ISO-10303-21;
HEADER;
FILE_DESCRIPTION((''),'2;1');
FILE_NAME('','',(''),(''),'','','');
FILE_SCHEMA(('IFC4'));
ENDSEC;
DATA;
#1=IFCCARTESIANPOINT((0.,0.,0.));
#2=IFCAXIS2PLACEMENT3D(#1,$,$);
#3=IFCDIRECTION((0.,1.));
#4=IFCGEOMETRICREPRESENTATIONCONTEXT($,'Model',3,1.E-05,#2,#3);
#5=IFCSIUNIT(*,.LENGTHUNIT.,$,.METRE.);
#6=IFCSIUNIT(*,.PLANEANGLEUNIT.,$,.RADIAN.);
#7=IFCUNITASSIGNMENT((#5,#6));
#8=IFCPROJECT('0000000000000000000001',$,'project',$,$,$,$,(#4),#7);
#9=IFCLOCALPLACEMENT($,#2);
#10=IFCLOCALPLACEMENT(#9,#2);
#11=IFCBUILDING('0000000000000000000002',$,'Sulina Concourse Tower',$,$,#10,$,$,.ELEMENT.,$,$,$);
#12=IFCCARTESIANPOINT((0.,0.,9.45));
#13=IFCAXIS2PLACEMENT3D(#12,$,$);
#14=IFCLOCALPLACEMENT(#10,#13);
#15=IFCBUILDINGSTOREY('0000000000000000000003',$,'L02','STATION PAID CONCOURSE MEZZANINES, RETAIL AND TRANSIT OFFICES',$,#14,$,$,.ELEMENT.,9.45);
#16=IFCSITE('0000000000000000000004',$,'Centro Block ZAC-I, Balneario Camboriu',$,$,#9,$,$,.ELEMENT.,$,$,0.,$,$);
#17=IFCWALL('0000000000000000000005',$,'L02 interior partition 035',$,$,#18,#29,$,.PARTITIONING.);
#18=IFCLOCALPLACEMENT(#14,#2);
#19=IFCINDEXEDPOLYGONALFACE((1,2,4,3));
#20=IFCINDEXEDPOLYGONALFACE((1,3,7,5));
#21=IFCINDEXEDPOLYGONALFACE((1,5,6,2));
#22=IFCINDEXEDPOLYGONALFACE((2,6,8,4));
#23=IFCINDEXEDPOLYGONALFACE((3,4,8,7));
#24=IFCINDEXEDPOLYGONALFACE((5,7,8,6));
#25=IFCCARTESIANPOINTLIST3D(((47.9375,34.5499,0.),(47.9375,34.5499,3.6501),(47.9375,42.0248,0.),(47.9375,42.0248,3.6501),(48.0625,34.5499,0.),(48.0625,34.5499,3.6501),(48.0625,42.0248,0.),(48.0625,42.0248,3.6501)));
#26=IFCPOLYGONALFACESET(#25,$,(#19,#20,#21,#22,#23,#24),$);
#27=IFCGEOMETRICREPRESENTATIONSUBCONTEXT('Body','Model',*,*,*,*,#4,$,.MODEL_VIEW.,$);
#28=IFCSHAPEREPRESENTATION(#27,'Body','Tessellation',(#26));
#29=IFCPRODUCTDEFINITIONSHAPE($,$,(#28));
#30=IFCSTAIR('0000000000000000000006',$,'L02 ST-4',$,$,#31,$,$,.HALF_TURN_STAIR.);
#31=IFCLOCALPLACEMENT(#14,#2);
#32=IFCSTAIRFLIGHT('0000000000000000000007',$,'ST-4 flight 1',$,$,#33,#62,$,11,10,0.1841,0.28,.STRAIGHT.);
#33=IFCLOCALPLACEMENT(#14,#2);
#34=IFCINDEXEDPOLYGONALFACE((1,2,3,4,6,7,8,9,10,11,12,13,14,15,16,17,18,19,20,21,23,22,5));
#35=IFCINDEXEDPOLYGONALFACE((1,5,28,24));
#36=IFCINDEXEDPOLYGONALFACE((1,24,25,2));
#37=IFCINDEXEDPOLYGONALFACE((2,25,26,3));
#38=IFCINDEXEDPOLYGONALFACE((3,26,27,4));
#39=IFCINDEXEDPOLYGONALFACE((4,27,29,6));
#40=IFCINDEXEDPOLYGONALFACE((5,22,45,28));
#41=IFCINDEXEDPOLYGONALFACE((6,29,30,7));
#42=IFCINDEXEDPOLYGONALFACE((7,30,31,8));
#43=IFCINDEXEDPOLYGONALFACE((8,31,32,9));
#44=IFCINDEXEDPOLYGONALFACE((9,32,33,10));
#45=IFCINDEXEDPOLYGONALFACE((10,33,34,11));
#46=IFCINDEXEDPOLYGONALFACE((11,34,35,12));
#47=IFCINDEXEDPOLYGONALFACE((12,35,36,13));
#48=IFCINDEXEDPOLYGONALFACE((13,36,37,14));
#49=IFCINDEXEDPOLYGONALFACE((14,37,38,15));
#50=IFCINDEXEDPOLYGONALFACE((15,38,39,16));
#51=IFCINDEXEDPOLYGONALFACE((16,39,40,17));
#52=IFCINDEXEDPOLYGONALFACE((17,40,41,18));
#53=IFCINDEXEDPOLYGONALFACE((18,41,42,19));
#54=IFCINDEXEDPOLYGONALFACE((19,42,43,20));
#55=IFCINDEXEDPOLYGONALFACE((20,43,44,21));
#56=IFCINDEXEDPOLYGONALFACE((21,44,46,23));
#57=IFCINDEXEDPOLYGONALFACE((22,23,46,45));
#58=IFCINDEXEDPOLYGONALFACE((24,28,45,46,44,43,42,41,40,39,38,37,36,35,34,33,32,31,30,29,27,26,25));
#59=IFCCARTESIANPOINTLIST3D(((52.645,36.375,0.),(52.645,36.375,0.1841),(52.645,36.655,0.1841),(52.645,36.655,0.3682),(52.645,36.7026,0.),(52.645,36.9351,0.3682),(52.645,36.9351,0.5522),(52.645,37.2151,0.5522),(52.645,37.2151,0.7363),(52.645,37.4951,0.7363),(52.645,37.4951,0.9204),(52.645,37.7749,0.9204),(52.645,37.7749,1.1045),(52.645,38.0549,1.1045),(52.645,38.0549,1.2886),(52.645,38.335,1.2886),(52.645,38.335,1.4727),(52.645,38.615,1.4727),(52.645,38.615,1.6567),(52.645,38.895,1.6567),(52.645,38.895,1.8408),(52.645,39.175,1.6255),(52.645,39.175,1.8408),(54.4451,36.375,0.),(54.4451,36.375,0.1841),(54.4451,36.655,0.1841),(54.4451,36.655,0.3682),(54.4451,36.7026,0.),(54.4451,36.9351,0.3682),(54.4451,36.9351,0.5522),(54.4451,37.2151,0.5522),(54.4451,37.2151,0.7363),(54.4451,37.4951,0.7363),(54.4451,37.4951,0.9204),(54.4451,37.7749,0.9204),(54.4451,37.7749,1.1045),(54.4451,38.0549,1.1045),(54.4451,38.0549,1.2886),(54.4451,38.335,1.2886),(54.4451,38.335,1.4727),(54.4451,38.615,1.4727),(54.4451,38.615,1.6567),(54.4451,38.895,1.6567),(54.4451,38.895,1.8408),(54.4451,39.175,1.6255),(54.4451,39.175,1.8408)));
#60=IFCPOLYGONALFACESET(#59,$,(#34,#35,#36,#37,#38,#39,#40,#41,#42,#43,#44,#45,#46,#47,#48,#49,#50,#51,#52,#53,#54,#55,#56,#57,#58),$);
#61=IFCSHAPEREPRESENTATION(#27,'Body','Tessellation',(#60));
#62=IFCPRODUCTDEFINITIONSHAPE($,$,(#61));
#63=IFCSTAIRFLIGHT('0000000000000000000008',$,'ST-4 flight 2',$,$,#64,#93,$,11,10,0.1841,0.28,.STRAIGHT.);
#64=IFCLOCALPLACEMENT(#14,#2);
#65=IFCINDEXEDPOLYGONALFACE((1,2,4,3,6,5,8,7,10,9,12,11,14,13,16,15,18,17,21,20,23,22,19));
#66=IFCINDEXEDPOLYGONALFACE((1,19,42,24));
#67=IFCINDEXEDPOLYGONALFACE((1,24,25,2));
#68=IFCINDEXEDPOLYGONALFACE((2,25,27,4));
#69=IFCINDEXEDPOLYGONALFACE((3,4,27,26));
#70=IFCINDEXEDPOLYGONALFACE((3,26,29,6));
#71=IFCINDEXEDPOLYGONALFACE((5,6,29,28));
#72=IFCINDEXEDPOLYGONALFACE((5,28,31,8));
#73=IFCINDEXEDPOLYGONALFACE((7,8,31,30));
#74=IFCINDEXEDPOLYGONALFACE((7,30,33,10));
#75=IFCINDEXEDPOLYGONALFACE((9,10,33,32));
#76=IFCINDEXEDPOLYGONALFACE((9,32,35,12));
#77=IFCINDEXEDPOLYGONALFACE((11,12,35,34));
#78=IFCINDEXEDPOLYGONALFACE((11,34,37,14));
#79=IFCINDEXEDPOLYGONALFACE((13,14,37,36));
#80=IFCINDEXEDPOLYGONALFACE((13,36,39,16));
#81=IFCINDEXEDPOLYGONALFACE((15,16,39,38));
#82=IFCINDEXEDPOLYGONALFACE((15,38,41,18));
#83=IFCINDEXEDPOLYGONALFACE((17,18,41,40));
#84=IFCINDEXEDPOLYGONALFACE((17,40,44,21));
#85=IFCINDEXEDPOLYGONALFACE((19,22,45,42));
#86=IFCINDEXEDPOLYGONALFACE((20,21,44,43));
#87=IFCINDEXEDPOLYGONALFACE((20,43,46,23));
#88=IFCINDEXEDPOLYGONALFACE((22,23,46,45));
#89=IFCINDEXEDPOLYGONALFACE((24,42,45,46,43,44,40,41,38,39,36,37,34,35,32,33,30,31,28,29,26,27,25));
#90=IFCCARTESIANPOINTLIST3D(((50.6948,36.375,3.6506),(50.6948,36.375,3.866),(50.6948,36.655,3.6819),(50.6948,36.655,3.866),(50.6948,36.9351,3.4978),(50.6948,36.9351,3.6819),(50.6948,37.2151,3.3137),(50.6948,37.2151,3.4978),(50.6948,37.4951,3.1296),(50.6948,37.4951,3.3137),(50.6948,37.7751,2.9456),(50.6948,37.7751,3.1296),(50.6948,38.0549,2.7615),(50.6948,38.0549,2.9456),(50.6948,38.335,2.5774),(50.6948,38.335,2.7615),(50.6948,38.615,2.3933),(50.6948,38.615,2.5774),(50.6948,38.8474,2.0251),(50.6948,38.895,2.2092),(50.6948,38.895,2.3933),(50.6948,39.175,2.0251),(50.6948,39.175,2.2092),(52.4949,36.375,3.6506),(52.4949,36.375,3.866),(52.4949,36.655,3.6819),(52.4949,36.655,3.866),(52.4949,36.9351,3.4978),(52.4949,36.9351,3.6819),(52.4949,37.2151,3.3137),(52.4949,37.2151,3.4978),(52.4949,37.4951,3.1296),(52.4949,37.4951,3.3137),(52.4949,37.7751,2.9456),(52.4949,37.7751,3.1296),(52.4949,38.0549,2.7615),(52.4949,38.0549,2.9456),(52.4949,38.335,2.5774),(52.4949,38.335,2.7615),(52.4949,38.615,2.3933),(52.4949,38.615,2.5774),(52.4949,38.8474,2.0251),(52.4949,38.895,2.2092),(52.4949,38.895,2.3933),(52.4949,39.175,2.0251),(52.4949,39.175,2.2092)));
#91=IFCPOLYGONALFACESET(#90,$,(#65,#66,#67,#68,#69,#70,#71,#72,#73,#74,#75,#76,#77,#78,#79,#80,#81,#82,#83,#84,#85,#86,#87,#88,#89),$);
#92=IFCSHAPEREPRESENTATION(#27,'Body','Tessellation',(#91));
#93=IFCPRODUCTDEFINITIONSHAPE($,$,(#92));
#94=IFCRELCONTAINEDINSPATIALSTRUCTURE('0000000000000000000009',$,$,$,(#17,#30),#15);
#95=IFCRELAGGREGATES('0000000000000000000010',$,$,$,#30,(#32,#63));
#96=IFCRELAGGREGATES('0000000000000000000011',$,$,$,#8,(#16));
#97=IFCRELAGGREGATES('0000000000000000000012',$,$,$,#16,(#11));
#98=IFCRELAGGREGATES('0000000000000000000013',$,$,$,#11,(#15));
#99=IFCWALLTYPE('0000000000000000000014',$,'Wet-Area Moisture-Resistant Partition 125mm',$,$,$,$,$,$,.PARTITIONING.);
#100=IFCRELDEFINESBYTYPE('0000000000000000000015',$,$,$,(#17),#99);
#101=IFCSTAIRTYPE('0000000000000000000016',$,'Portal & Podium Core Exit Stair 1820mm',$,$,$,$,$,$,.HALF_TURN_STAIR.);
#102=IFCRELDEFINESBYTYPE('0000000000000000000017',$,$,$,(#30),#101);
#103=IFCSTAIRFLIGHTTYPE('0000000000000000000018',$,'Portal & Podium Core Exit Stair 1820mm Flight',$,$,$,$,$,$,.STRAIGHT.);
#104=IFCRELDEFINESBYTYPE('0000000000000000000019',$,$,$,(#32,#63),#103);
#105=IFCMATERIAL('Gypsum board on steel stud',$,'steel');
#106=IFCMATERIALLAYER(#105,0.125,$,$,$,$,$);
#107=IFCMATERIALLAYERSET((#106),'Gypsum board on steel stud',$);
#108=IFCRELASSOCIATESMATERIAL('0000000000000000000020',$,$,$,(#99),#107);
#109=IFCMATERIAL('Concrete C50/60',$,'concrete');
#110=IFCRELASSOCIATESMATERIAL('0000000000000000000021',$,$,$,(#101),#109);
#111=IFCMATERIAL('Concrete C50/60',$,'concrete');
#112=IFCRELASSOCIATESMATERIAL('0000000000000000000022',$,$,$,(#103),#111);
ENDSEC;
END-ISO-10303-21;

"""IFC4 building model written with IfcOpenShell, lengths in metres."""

from ifc_helpers import new_model, si_unit, direction, frame, frame_2d, origin, place, context, subcontext, project, spatial, polyline, rectangle, outline, extrude, material, layer, layer_set, type_object, element, aggregate, save


model = new_model("IFC4")

# Units and contexts
model_context = context("Model", 3, precision=1e-05, world=origin(), true_north=direction((0.0, 1.0)))
body_context = subcontext(model_context, "Body", "Model", "MODEL_VIEW")
ifc_project = project(units=[si_unit("LENGTHUNIT", "METRE"), si_unit("PLANEANGLEUNIT", "RADIAN")], contexts=[model_context])

# Site, building, storey
site_placement = place(None, origin())
site = spatial("IfcSite", under=ifc_project, at=site_placement, Name="Centro Block ZAC-I, Balneario Camboriu", CompositionType="ELEMENT", RefElevation=0.0)
building_placement = place(site_placement, origin())
building = spatial("IfcBuilding", under=site, at=building_placement, Name="Sulina Concourse Tower", CompositionType="ELEMENT")
storey_placement = place(building_placement, frame((0.0, 0.0, 9.45)))
storey = spatial("IfcBuildingStorey", under=building, at=storey_placement, Name="L02", Description="STATION PAID CONCOURSE MEZZANINES, RETAIL AND TRANSIT OFFICES", CompositionType="ELEMENT", Elevation=9.45)

# Wall
ifc_material_1 = material(Name="Gypsum board on steel stud", Category="steel")
ifc_layer_1 = layer(ifc_material_1, 0.125)
ifc_layer_set_1 = layer_set([ifc_layer_1], Name="Gypsum board on steel stud")
wall_type_1 = type_object("IfcWallType", Name="Wet-Area Moisture-Resistant Partition 125mm", PredefinedType="PARTITIONING", material=ifc_layer_set_1)
wall_1_placement = place(storey_placement, frame((48.0, 34.55, 0.0), z_axis=(0.0, 0.0, 1.0), x_axis=(0.0, 1.0, 0.0)))
element("IfcWall", 1, at=wall_1_placement, inside=storey, type_object=wall_type_1, Name="L02 interior partition 035", PredefinedType="PARTITIONING", context=body_context, shape_type="SweptSolid", body=[
    extrude(rectangle(XDim=7.4749, YDim=0.125, at=frame_2d((3.7373, 0.0))), origin(), (0.0, 0.0, 1.0), 3.6501),
])

# Stair, stair flights
ifc_material_2 = material(Name="Concrete C50/60", Category="concrete")
stair_type = type_object("IfcStairType", Name="Portal & Podium Core Exit Stair 1820mm", PredefinedType="HALF_TURN_STAIR", material=ifc_material_2)
stair_placement = place(storey_placement, origin())
stair = element("IfcStair", 2, at=stair_placement, inside=storey, type_object=stair_type, Name="L02 ST-4", PredefinedType="HALF_TURN_STAIR")
ifc_material_3 = material(Name="Concrete C50/60", Category="concrete")
stair_flight_type = type_object("IfcStairFlightType", Name="Portal & Podium Core Exit Stair 1820mm Flight", PredefinedType="STRAIGHT", material=ifc_material_3)
stair_flight_1_placement = place(storey_placement, frame((53.5449, 36.375, 0.0), z_axis=(0.0, 0.0, 1.0), x_axis=(0.0, 1.0, 0.0)))
stair_flight_1 = element("IfcStairFlight", 3, at=stair_flight_1_placement, type_object=stair_flight_type, Name="ST-4 flight 1", NumberOfRisers=11, NumberOfTreads=10, PredefinedType="STRAIGHT", RiserHeight=0.1841, TreadLength=0.28, context=body_context, shape_type="SweptSolid", body=[
    extrude(outline(polyline([(0.0, 0.0), (0.0, 0.1841), (0.28, 0.1841), (0.28, 0.3682), (0.5601, 0.3682), (0.5601, 0.5522), (0.8401, 0.5522), (0.8401, 0.7363), (1.1201, 0.7363), (1.1201, 0.9204), (1.3999, 0.9204), (1.3999, 1.1045), (1.6799, 1.1045), (1.6799, 1.2886), (1.96, 1.2886), (1.96, 1.4727), (2.24, 1.4727), (2.24, 1.6567), (2.52, 1.6567), (2.52, 1.8408), (2.8, 1.8408), (2.8, 2.0249), (2.8, 1.6255), (0.3276, 0.0), (0.0, 0.0)])), frame((0.0, 0.8999, 0.0), z_axis=(0.0, -1.0, 0.0), x_axis=(1.0, 0.0, 0.0)), (0.0, 0.0, 1.0), 1.8),
])
stair_flight_2_placement = place(storey_placement, frame((51.595, 39.175, 2.0251), z_axis=(0.0, 0.0, 1.0), x_axis=(0.0, -1.0, 0.0)))
stair_flight_2 = element("IfcStairFlight", 4, at=stair_flight_2_placement, type_object=stair_flight_type, Name="ST-4 flight 2", NumberOfRisers=11, NumberOfTreads=10, PredefinedType="STRAIGHT", RiserHeight=0.1841, TreadLength=0.28, context=body_context, shape_type="SweptSolid", body=[
    extrude(outline(polyline([(0.0, 0.0), (0.0, 0.1841), (0.28, 0.1841), (0.28, 0.3682), (0.5601, 0.3682), (0.5601, 0.5522), (0.8401, 0.5522), (0.8401, 0.7363), (1.1201, 0.7363), (1.1201, 0.9204), (1.3999, 0.9204), (1.3999, 1.1045), (1.6799, 1.1045), (1.6799, 1.2886), (1.96, 1.2886), (1.96, 1.4727), (2.24, 1.4727), (2.24, 1.6567), (2.52, 1.6567), (2.52, 1.8408), (2.8, 1.8408), (2.8, 2.0249), (2.8, 1.6255), (0.3276, 0.0), (0.0, 0.0)])), frame((0.0, 0.8999, 0.0), z_axis=(0.0, -1.0, 0.0), x_axis=(1.0, 0.0, 0.0)), (0.0, 0.0, 1.0), 1.8),
])
aggregate(stair, [stair_flight_1, stair_flight_2])

save(model, "model.ifc")
